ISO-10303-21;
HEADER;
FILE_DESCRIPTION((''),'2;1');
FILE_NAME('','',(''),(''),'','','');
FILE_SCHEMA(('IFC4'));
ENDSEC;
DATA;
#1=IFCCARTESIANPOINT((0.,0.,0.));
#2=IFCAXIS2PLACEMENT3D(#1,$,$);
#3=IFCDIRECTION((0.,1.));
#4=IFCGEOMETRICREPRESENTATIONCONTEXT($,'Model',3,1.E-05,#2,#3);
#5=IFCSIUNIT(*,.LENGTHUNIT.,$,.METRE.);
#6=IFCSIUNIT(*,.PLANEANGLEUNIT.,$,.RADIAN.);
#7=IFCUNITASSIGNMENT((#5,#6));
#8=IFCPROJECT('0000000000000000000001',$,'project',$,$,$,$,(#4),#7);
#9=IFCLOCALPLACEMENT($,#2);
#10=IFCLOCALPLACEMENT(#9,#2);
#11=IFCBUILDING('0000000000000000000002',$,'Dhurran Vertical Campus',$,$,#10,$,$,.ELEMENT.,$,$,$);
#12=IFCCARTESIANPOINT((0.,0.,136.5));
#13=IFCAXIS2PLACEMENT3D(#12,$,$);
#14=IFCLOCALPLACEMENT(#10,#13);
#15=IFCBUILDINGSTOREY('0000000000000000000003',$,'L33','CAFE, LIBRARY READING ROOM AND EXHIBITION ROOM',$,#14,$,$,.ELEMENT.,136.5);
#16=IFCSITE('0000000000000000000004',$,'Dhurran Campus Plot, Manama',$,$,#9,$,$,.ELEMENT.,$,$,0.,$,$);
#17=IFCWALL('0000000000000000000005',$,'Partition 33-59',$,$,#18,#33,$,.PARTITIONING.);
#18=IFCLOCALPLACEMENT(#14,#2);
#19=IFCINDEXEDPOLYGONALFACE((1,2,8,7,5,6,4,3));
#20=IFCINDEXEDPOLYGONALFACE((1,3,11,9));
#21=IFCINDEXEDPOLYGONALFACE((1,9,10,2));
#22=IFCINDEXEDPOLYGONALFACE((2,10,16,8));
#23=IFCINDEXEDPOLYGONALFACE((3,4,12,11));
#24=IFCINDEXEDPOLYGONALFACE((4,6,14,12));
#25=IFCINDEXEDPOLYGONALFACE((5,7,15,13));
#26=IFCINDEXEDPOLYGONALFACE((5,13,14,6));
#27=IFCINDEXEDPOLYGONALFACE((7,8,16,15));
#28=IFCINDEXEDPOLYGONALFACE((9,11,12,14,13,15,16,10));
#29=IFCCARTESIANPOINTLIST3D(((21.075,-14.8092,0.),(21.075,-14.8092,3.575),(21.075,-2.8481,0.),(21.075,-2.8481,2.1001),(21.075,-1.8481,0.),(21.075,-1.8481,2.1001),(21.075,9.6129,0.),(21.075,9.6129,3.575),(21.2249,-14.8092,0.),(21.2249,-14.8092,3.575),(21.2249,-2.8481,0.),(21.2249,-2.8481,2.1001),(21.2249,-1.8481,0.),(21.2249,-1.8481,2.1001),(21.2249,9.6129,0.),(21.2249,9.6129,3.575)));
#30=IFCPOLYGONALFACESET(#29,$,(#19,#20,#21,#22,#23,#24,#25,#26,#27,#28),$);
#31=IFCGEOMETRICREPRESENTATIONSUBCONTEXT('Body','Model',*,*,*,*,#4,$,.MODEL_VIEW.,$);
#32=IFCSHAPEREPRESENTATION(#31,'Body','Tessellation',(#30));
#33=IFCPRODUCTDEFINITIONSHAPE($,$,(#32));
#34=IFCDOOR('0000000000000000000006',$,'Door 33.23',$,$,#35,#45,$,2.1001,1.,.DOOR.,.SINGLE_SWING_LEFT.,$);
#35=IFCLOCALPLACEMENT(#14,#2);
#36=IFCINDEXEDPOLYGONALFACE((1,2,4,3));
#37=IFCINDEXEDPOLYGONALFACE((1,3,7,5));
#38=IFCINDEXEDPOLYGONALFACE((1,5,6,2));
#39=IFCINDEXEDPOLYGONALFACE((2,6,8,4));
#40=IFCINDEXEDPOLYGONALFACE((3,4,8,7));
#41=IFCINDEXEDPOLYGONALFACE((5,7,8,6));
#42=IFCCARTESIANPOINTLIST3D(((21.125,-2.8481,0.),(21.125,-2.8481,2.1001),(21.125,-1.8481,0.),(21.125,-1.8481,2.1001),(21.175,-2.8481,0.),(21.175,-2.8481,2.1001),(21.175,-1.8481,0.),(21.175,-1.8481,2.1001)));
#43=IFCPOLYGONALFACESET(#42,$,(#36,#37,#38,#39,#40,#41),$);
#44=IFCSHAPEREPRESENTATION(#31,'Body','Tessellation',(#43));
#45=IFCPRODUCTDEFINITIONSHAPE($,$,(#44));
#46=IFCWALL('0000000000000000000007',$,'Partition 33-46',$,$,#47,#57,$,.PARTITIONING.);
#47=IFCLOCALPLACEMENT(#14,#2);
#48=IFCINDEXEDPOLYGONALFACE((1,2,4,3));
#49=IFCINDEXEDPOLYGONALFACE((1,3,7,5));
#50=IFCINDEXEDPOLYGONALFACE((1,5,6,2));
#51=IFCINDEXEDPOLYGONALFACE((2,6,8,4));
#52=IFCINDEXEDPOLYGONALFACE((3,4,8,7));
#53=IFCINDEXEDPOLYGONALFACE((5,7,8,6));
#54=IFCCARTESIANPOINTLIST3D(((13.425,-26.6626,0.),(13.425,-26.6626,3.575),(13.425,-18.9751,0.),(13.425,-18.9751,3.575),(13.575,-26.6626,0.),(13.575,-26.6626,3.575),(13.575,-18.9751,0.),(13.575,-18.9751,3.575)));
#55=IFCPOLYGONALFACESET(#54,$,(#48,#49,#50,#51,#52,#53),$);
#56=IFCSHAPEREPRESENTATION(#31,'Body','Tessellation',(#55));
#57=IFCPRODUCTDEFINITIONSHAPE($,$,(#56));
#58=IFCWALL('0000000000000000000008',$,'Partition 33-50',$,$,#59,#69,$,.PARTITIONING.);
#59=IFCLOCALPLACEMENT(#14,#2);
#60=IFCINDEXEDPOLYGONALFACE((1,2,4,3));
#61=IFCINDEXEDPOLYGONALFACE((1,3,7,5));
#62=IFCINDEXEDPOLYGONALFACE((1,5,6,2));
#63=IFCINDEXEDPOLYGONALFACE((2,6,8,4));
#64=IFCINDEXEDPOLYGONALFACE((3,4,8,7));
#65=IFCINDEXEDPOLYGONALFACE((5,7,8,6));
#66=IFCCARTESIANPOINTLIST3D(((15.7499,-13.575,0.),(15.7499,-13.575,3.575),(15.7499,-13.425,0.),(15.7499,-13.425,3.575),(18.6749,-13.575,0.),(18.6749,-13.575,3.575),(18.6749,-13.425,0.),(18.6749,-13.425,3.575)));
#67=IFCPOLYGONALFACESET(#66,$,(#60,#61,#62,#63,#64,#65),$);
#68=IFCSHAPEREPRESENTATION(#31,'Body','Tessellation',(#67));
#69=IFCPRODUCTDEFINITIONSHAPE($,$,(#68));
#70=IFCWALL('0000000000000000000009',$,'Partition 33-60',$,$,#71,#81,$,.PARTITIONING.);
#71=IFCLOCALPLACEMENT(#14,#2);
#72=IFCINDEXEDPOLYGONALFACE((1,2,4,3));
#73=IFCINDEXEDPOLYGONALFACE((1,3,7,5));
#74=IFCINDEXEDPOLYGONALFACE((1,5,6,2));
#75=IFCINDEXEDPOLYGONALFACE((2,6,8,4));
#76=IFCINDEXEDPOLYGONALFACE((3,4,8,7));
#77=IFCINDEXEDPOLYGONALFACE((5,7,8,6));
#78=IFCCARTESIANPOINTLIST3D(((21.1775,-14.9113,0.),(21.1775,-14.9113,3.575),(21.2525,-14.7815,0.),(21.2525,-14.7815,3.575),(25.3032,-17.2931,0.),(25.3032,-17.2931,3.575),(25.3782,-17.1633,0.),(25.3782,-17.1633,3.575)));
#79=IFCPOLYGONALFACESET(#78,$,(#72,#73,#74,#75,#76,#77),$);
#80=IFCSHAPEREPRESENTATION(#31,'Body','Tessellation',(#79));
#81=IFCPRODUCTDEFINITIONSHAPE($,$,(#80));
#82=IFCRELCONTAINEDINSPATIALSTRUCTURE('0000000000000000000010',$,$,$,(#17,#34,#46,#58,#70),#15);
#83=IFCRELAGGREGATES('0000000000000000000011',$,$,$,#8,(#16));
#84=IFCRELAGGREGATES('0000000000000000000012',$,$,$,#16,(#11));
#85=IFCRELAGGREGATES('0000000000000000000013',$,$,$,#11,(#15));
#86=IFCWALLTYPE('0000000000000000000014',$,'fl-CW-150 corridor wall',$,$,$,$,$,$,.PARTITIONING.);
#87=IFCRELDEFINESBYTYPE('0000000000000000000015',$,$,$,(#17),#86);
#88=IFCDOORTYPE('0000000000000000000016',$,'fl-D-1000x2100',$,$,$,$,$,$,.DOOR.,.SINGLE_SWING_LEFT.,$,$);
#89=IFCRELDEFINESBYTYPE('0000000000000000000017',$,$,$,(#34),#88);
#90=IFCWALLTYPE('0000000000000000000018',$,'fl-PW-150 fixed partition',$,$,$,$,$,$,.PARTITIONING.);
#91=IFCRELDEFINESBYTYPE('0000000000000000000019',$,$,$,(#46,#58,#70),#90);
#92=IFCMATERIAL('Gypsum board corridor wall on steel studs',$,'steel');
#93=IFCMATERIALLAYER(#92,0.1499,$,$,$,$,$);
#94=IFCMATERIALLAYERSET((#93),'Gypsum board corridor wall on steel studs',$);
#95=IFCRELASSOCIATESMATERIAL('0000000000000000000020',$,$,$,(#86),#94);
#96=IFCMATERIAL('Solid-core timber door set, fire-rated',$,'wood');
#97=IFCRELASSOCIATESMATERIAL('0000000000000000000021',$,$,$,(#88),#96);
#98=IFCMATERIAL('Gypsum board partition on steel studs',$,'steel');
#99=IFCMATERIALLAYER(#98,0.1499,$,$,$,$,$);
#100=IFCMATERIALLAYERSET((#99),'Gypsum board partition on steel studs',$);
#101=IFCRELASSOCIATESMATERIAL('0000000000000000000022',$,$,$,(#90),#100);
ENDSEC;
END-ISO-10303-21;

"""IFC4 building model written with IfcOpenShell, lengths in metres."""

from ifc_helpers import new_model, si_unit, direction, frame, frame_2d, origin, place, context, subcontext, project, spatial, rectangle, extrude, material, layer, layer_set, type_object, element, fill, save


model = new_model("IFC4")

# Units and contexts
model_context = context("Model", 3, precision=1e-05, world=origin(), true_north=direction((0.0, 1.0)))
body_context = subcontext(model_context, "Body", "Model", "MODEL_VIEW")
ifc_project = project(units=[si_unit("LENGTHUNIT", "METRE"), si_unit("PLANEANGLEUNIT", "RADIAN")], contexts=[model_context])

# Site, building, storey
site_placement = place(None, origin())
site = spatial("IfcSite", under=ifc_project, at=site_placement, Name="Dhurran Campus Plot, Manama", CompositionType="ELEMENT", RefElevation=0.0)
building_placement = place(site_placement, origin())
building = spatial("IfcBuilding", under=site, at=building_placement, Name="Dhurran Vertical Campus", CompositionType="ELEMENT")
storey_placement = place(building_placement, frame((0.0, 0.0, 136.5)))
storey = spatial("IfcBuildingStorey", under=building, at=storey_placement, Name="L33", Description="CAFE, LIBRARY READING ROOM AND EXHIBITION ROOM", CompositionType="ELEMENT", Elevation=136.5)

# Shared definitions
ifc_material_1 = material(Name="Gypsum board corridor wall on steel studs", Category="steel")
ifc_layer_1 = layer(ifc_material_1, 0.1499)
ifc_layer_set_1 = layer_set([ifc_layer_1], Name="Gypsum board corridor wall on steel studs")
wall_type_1 = type_object("IfcWallType", Name="fl-CW-150 corridor wall", PredefinedType="PARTITIONING", material=ifc_layer_set_1)

# Shared definitions
ifc_material_2 = material(Name="Solid-core timber door set, fire-rated", Category="wood")
door_type = type_object("IfcDoorType", Name="fl-D-1000x2100", OperationType="SINGLE_SWING_LEFT", PredefinedType="DOOR", material=ifc_material_2)

# Wall, opening, door
wall_1_placement = place(storey_placement, frame((21.1499, -14.8091, 0.0), z_axis=(0.0, 0.0, 1.0), x_axis=(0.0, 1.0, 0.0)))
wall_1 = element("IfcWall", 1, at=wall_1_placement, inside=storey, type_object=wall_type_1, Name="Partition 33-59", PredefinedType="PARTITIONING", context=body_context, shape_type="SweptSolid", body=[
    extrude(rectangle(XDim=24.4221, YDim=0.1499, at=frame_2d((12.2109, 0.0))), origin(), (0.0, 0.0, 1.0), 3.575),
])
opening_1_placement = place(wall_1_placement, frame((11.9609, 0.0, 0.0)))
opening_1 = element("IfcOpeningElement", 2, at=opening_1_placement, cuts=wall_1, PredefinedType="OPENING", context=body_context, shape_type="SweptSolid", body=[
    extrude(rectangle(XDim=1.0, YDim=2.1001, at=frame_2d((0.5, 1.05))), frame((0.0, 0.085, 0.0), z_axis=(0.0, -1.0, 0.0), x_axis=(1.0, 0.0, 0.0)), (0.0, 0.0, 1.0), 0.1699),
])
door_1_placement = place(opening_1_placement, origin())
door_1 = element("IfcDoor", 3, at=door_1_placement, inside=storey, type_object=door_type, Name="Door 33.23", OperationType="SINGLE_SWING_LEFT", OverallHeight=2.1001, OverallWidth=1.0, PredefinedType="DOOR", context=body_context, shape_type="SweptSolid", body=[
    extrude(rectangle(XDim=1.0, YDim=2.1001, at=frame_2d((0.5, 1.05))), frame((0.0, 0.0249, 0.0), z_axis=(0.0, -1.0, 0.0), x_axis=(1.0, 0.0, 0.0)), (0.0, 0.0, 1.0), 0.05),
])
fill(opening_1, door_1)

# Walls
ifc_material_3 = material(Name="Gypsum board partition on steel studs", Category="steel")
ifc_layer_2 = layer(ifc_material_3, 0.1499)
ifc_layer_set_2 = layer_set([ifc_layer_2], Name="Gypsum board partition on steel studs")
wall_type_2 = type_object("IfcWallType", Name="fl-PW-150 fixed partition", PredefinedType="PARTITIONING", material=ifc_layer_set_2)
wall_2_placement = place(storey_placement, frame((13.5, -18.9751, 0.0), z_axis=(0.0, 0.0, 1.0), x_axis=(0.0, -1.0, 0.0)))
element("IfcWall", 4, at=wall_2_placement, inside=storey, type_object=wall_type_2, Name="Partition 33-46", PredefinedType="PARTITIONING", context=body_context, shape_type="SweptSolid", body=[
    extrude(rectangle(XDim=7.6875, YDim=0.1499, at=frame_2d((3.8438, 0.0))), origin(), (0.0, 0.0, 1.0), 3.575),
])
wall_3_placement = place(storey_placement, frame((15.75, -13.5, 0.0), z_axis=(0.0, 0.0, 1.0), x_axis=(1.0, 0.0, 0.0)))
element("IfcWall", 5, at=wall_3_placement, inside=storey, type_object=wall_type_2, Name="Partition 33-50", PredefinedType="PARTITIONING", context=body_context, shape_type="SweptSolid", body=[
    extrude(rectangle(XDim=2.925, YDim=0.1499, at=frame_2d((1.4624, 0.0))), origin(), (0.0, 0.0, 1.0), 3.575),
])
wall_4_placement = place(storey_placement, frame((21.2151, -14.8464, 0.0), z_axis=(0.0, 0.0, 1.0), x_axis=(0.86604, -0.499975, 0.0)))
element("IfcWall", 6, at=wall_4_placement, inside=storey, type_object=wall_type_2, Name="Partition 33-60", PredefinedType="PARTITIONING", context=body_context, shape_type="SweptSolid", body=[
    extrude(rectangle(XDim=4.7639, YDim=0.1499, at=frame_2d((2.3818, 0.0))), origin(), (0.0, 0.0, 1.0), 3.575),
])

save(model, "model.ifc")
